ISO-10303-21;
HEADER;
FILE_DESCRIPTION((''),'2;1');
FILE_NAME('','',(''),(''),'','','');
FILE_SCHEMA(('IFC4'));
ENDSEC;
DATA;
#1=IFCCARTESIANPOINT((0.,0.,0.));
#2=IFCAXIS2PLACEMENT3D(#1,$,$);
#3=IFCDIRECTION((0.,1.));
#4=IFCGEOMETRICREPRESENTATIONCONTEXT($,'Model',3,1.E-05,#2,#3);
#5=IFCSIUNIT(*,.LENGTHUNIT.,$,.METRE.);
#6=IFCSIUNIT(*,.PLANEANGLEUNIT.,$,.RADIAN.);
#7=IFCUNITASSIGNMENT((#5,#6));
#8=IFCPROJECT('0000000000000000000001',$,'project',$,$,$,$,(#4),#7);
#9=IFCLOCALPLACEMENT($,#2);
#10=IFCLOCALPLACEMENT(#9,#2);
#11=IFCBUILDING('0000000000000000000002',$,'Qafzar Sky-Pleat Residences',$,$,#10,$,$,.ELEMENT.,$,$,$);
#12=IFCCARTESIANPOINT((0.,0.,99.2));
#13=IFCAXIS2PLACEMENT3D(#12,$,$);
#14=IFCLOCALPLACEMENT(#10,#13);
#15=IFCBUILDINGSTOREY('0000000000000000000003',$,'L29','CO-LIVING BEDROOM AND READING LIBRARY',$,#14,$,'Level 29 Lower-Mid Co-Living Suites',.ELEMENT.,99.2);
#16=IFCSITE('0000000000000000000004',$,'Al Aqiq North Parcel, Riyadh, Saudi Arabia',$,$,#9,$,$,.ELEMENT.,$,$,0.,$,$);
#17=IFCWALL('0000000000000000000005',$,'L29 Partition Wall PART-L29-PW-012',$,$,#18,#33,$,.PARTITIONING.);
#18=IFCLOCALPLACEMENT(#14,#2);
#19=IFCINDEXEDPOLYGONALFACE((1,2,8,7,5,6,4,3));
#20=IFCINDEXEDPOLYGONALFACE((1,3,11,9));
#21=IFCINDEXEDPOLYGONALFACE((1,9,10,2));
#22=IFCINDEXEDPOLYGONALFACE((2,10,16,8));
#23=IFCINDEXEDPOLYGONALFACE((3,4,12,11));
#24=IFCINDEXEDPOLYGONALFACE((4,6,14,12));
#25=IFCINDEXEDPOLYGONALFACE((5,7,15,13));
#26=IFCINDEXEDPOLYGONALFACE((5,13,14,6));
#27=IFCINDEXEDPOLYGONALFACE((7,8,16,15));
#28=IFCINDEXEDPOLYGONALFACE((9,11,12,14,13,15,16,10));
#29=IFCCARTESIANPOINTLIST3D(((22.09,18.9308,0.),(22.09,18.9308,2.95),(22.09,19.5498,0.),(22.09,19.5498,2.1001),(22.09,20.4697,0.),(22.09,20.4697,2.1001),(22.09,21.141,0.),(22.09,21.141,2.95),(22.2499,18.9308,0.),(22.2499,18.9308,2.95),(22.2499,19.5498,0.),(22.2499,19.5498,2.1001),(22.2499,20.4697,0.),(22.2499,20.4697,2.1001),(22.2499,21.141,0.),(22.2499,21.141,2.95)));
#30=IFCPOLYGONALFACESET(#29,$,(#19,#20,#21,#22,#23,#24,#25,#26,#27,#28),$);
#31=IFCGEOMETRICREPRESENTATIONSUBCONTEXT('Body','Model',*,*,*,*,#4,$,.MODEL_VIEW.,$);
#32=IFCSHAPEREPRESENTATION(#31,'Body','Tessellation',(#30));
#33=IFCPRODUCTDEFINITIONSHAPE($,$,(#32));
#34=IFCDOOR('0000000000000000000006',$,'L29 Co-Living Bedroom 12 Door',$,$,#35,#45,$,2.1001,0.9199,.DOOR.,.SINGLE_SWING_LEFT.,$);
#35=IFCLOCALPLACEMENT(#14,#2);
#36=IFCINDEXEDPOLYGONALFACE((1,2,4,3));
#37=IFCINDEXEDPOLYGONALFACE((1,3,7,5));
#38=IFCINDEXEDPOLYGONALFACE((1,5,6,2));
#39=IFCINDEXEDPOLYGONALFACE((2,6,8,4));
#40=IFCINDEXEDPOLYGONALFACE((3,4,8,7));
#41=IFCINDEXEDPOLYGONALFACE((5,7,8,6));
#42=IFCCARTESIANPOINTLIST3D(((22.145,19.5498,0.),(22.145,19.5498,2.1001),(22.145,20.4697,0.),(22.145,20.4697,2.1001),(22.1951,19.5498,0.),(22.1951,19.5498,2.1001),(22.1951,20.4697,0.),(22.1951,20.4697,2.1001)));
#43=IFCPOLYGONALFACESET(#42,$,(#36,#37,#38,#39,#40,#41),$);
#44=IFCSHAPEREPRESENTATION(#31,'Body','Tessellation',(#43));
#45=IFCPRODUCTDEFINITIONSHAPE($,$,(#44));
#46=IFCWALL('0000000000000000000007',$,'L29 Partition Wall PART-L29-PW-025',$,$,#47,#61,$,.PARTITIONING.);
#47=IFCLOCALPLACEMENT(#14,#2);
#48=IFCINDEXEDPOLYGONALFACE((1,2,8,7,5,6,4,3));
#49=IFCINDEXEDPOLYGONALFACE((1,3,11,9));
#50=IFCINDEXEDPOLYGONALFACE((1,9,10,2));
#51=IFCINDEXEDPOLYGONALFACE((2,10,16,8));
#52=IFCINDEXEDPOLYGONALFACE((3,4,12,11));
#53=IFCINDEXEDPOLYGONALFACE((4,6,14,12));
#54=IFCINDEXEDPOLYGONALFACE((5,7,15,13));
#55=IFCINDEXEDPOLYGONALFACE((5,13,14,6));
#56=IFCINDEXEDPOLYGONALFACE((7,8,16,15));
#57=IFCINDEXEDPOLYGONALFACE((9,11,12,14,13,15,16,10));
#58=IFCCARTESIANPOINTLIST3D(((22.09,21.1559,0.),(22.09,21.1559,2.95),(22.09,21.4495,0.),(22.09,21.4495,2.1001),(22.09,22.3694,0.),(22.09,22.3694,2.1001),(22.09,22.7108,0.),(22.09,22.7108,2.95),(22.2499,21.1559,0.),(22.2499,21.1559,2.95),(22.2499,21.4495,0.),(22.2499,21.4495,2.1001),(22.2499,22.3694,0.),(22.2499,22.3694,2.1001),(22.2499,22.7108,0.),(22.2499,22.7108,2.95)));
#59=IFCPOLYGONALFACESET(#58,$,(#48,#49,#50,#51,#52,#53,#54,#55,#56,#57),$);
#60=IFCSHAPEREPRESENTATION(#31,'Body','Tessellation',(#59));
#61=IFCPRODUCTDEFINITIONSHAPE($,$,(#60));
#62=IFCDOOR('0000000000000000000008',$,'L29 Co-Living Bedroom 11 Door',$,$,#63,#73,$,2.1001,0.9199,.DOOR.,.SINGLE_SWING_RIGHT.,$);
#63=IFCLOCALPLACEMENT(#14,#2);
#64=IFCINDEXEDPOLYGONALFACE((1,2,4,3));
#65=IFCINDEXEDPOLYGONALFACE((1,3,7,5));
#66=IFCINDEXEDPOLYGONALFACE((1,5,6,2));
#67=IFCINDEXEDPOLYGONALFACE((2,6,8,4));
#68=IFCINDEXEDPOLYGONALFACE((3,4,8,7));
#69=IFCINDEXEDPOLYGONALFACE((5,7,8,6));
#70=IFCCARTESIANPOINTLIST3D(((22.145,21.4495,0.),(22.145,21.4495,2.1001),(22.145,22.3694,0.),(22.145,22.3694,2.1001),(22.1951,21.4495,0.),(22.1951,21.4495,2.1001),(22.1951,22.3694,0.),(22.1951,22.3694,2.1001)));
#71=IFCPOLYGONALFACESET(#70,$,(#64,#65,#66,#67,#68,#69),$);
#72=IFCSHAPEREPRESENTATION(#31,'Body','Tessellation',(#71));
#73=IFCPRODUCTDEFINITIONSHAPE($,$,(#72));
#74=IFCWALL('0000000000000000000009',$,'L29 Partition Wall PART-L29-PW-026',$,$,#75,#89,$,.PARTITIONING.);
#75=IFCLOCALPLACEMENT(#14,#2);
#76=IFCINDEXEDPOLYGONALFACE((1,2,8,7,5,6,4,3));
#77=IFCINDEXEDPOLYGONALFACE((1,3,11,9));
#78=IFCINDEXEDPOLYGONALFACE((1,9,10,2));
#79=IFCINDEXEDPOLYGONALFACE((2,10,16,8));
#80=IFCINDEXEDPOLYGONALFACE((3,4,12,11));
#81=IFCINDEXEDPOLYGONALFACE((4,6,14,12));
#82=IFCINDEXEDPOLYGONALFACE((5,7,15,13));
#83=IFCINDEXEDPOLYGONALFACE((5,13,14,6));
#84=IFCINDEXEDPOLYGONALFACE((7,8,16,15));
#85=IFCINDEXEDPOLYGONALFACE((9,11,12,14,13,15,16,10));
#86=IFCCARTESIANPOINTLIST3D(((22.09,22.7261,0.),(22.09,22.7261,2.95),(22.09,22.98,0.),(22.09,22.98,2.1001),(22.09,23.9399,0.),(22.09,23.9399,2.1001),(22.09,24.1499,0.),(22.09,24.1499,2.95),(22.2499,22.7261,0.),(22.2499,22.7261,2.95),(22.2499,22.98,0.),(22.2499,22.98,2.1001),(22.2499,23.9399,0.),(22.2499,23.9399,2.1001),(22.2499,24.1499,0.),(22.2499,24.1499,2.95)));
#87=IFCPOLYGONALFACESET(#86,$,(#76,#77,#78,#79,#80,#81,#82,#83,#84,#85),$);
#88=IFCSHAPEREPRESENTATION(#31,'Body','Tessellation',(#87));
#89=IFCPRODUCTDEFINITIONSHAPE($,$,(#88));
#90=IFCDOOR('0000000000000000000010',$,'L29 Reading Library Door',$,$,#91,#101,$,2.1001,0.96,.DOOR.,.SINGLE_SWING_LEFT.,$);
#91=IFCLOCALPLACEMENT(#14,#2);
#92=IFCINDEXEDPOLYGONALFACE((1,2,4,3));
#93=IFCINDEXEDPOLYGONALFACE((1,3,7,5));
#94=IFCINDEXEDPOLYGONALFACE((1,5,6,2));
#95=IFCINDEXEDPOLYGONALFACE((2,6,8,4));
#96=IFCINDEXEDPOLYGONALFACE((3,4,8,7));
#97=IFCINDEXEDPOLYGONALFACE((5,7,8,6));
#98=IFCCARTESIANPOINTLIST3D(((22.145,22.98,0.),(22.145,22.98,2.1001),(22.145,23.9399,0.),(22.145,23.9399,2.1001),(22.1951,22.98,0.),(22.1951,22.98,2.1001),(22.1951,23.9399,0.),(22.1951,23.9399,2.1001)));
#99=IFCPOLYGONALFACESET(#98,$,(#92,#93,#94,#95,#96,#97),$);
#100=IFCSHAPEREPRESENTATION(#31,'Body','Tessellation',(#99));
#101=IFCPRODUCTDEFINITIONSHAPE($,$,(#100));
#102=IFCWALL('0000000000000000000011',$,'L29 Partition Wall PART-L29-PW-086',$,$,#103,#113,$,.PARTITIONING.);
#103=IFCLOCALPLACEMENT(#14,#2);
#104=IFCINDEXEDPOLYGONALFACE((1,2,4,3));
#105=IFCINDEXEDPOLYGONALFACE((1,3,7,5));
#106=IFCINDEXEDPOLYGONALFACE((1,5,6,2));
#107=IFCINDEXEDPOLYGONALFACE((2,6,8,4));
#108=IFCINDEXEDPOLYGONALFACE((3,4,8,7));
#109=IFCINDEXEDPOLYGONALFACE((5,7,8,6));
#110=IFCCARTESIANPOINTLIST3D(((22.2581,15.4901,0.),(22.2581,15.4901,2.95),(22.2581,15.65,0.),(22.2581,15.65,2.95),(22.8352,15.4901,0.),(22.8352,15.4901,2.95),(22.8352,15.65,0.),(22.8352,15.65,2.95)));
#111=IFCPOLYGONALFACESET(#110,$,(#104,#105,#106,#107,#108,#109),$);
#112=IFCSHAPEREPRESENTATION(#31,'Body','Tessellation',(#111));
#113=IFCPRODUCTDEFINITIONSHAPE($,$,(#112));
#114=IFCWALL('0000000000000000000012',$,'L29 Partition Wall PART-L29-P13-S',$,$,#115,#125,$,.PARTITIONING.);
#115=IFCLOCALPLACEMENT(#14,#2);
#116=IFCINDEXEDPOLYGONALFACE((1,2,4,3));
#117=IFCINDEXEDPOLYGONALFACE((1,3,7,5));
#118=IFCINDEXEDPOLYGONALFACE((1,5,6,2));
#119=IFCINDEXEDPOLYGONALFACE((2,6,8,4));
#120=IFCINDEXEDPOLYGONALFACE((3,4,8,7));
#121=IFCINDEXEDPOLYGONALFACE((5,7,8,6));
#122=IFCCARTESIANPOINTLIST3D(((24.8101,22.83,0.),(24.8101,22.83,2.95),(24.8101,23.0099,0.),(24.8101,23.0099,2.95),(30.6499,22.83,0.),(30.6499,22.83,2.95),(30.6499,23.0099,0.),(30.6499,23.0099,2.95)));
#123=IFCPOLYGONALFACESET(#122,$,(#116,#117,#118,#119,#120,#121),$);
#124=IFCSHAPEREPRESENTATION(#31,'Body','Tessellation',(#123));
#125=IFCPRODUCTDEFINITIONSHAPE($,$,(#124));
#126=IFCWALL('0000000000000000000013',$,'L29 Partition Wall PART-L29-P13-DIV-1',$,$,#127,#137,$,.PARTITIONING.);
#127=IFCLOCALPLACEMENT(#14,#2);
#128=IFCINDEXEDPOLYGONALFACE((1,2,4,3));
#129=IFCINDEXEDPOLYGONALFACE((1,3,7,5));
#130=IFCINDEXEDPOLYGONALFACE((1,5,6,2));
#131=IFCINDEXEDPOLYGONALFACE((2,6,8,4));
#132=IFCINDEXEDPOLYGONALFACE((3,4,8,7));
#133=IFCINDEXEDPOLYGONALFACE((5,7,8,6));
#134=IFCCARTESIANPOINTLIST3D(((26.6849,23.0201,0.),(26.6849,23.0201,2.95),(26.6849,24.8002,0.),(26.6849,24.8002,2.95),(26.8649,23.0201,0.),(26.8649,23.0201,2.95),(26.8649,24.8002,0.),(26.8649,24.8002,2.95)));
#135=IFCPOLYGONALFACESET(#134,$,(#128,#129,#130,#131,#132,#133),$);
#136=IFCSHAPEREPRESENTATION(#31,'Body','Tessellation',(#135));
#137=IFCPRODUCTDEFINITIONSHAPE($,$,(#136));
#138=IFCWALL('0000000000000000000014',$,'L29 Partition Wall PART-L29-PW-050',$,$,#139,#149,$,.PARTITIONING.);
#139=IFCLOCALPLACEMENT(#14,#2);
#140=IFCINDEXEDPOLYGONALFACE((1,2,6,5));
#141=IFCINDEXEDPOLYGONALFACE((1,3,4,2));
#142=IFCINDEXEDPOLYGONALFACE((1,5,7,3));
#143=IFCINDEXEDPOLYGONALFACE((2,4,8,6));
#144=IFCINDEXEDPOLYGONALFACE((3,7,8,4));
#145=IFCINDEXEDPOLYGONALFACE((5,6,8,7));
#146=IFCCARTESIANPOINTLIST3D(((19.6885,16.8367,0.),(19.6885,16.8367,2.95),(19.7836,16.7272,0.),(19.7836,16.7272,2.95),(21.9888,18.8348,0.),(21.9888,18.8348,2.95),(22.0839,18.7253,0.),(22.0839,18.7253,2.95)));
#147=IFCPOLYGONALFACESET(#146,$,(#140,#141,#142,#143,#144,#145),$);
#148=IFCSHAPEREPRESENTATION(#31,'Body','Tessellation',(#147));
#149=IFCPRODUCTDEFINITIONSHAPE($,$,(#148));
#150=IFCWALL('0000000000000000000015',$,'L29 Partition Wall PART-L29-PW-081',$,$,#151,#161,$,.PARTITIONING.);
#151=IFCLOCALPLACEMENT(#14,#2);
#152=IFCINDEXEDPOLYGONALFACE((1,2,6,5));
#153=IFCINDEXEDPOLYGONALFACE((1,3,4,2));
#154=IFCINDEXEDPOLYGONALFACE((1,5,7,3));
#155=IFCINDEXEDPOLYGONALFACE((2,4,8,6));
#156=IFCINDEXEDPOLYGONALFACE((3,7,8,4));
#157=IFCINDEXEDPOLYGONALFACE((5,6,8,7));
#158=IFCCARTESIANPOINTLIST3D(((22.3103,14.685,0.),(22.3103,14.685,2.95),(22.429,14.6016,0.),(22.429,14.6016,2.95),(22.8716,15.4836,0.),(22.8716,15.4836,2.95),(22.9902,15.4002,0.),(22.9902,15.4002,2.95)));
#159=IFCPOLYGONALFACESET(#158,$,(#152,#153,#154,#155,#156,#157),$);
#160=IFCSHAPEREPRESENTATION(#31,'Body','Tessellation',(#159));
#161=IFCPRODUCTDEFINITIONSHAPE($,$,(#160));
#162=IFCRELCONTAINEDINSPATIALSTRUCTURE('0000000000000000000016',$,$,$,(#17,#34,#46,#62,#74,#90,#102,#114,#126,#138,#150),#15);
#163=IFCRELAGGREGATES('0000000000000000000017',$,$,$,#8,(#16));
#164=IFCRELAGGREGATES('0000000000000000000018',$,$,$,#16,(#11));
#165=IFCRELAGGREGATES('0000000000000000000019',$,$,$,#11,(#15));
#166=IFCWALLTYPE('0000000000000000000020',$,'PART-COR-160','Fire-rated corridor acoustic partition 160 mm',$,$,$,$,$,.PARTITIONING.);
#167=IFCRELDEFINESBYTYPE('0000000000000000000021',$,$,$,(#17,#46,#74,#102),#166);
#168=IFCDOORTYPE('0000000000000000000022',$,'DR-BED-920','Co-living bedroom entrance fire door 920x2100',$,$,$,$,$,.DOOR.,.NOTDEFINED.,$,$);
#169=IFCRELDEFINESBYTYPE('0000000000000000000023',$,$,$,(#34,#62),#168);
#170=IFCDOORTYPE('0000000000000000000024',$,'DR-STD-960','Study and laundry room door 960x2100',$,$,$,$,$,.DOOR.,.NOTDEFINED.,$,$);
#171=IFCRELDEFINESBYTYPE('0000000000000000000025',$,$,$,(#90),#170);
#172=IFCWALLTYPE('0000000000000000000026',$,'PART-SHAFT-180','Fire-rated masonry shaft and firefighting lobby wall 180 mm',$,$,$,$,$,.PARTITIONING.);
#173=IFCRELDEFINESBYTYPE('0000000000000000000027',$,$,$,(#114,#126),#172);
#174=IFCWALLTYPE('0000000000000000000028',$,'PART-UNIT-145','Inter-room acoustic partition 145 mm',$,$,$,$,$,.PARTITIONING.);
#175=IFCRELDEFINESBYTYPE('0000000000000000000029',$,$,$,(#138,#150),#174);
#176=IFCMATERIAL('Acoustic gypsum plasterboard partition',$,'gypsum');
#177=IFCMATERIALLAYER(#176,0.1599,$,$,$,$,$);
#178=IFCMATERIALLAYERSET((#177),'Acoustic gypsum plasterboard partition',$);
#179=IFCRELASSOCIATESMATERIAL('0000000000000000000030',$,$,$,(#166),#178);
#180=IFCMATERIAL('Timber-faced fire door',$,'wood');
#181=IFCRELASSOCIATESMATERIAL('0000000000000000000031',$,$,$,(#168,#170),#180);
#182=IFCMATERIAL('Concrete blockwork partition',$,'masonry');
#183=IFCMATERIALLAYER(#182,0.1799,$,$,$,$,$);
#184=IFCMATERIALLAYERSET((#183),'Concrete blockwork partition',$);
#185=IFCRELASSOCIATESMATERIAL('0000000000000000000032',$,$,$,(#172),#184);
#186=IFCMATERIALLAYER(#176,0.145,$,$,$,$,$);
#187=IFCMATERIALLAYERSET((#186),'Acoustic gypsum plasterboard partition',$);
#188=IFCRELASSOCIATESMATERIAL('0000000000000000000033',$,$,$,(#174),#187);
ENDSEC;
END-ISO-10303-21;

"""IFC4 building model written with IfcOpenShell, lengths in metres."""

from ifc_helpers import new_model, si_unit, direction, frame, frame_2d, origin, place, context, subcontext, project, spatial, rectangle, extrude, source, transform, mapped, material, layer, layer_set, type_object, element, fill, save


model = new_model("IFC4")

# Units and contexts
model_context = context("Model", 3, precision=1e-05, world=origin(), true_north=direction((0.0, 1.0)))
body_context = subcontext(model_context, "Body", "Model", "MODEL_VIEW")
ifc_project = project(units=[si_unit("LENGTHUNIT", "METRE"), si_unit("PLANEANGLEUNIT", "RADIAN")], contexts=[model_context])

# Site, building, storey
site_placement = place(None, origin())
site = spatial("IfcSite", under=ifc_project, at=site_placement, Name="Al Aqiq North Parcel, Riyadh, Saudi Arabia", CompositionType="ELEMENT", RefElevation=0.0)
building_placement = place(site_placement, origin())
building = spatial("IfcBuilding", under=site, at=building_placement, Name="Qafzar Sky-Pleat Residences", CompositionType="ELEMENT")
storey_placement = place(building_placement, frame((0.0, 0.0, 99.2)))
storey = spatial("IfcBuildingStorey", under=building, at=storey_placement, Name="L29", Description="CO-LIVING BEDROOM AND READING LIBRARY", LongName="Level 29 Lower-Mid Co-Living Suites", CompositionType="ELEMENT", Elevation=99.2)

# Walls, openings, doors
ifc_material_1 = material(Name="Acoustic gypsum plasterboard partition", Category="gypsum")
ifc_layer_1 = layer(ifc_material_1, 0.1599)
ifc_layer_set_1 = layer_set([ifc_layer_1], Name="Acoustic gypsum plasterboard partition")
wall_type_1 = type_object("IfcWallType", Name="PART-COR-160", Description="Fire-rated corridor acoustic partition 160 mm", PredefinedType="PARTITIONING", material=ifc_layer_set_1)
ifc_material_2 = material(Name="Timber-faced fire door", Category="wood")
door_type_1 = type_object("IfcDoorType", Name="DR-BED-920", Description="Co-living bedroom entrance fire door 920x2100", OperationType="NOTDEFINED", PredefinedType="DOOR", material=ifc_material_2)
shared_shape_1 = source(origin(), body_context, "Body", "SweptSolid", [
    extrude(rectangle(XDim=0.9199, YDim=2.1001, at=frame_2d((0.46, 1.05))), frame((0.0, 0.0249, 0.0), z_axis=(0.0, -1.0, 0.0), x_axis=(1.0, 0.0, 0.0)), (0.0, 0.0, 1.0), 0.05),
])
wall_1_placement = place(storey_placement, frame((22.1699, 18.9309, 0.0), z_axis=(0.0, 0.0, 1.0), x_axis=(0.0, 1.0, 0.0)))
wall_1 = element("IfcWall", 1, at=wall_1_placement, inside=storey, type_object=wall_type_1, Name="L29 Partition Wall PART-L29-PW-012", PredefinedType="PARTITIONING", context=body_context, shape_type="SweptSolid", body=[
    extrude(rectangle(XDim=2.2102, YDim=0.1599, at=frame_2d((1.105, 0.0))), origin(), (0.0, 0.0, 1.0), 2.95),
])
opening_1_placement = place(wall_1_placement, frame((0.6189, 0.0, 0.0)))
opening_1 = element("IfcOpeningElement", 2, at=opening_1_placement, cuts=wall_1, PredefinedType="OPENING", context=body_context, shape_type="SweptSolid", body=[
    extrude(rectangle(XDim=0.9199, YDim=2.1001, at=frame_2d((0.46, 1.05))), frame((0.0, 0.0898, 0.0), z_axis=(0.0, -1.0, 0.0), x_axis=(1.0, 0.0, 0.0)), (0.0, 0.0, 1.0), 0.1799),
])
door_1_placement = place(opening_1_placement, origin())
door_1 = element("IfcDoor", 3, at=door_1_placement, inside=storey, type_object=door_type_1, Name="L29 Co-Living Bedroom 12 Door", OperationType="SINGLE_SWING_LEFT", OverallHeight=2.1001, OverallWidth=0.9199, PredefinedType="DOOR", context=body_context, shape_type="MappedRepresentation", body=[
    mapped(shared_shape_1, transform((0.0, 0.0, 0.0), x_axis=(1.0, 0.0, 0.0), y_axis=(0.0, 1.0, 0.0), z_axis=(0.0, 0.0, 1.0), scale=1.0)),
])
fill(opening_1, door_1)
wall_2_placement = place(storey_placement, frame((22.1699, 21.156, 0.0), z_axis=(0.0, 0.0, 1.0), x_axis=(0.0, 1.0, 0.0)))
wall_2 = element("IfcWall", 4, at=wall_2_placement, inside=storey, type_object=wall_type_1, Name="L29 Partition Wall PART-L29-PW-025", PredefinedType="PARTITIONING", context=body_context, shape_type="SweptSolid", body=[
    extrude(rectangle(XDim=1.5549, YDim=0.1599, at=frame_2d((0.7773, 0.0))), origin(), (0.0, 0.0, 1.0), 2.95),
])
opening_2_placement = place(wall_2_placement, frame((0.2935, 0.0, 0.0)))
opening_2 = element("IfcOpeningElement", 5, at=opening_2_placement, cuts=wall_2, PredefinedType="OPENING", context=body_context, shape_type="SweptSolid", body=[
    extrude(rectangle(XDim=0.9199, YDim=2.1001, at=frame_2d((0.46, 1.05))), frame((0.0, 0.0898, 0.0), z_axis=(0.0, -1.0, 0.0), x_axis=(1.0, 0.0, 0.0)), (0.0, 0.0, 1.0), 0.1799),
])
door_2_placement = place(opening_2_placement, origin())
door_2 = element("IfcDoor", 6, at=door_2_placement, inside=storey, type_object=door_type_1, Name="L29 Co-Living Bedroom 11 Door", OperationType="SINGLE_SWING_RIGHT", OverallHeight=2.1001, OverallWidth=0.9199, PredefinedType="DOOR", context=body_context, shape_type="MappedRepresentation", body=[
    mapped(shared_shape_1, transform((0.0, 0.0, 0.0), x_axis=(1.0, 0.0, 0.0), y_axis=(0.0, 1.0, 0.0), z_axis=(0.0, 0.0, 1.0), scale=1.0)),
])
fill(opening_2, door_2)
wall_3_placement = place(storey_placement, frame((22.1699, 22.7261, 0.0), z_axis=(0.0, 0.0, 1.0), x_axis=(0.0, 1.0, 0.0)))
wall_3 = element("IfcWall", 7, at=wall_3_placement, inside=storey, type_object=wall_type_1, Name="L29 Partition Wall PART-L29-PW-026", PredefinedType="PARTITIONING", context=body_context, shape_type="SweptSolid", body=[
    extrude(rectangle(XDim=1.4238, YDim=0.1599, at=frame_2d((0.7119, 0.0))), origin(), (0.0, 0.0, 1.0), 2.95),
])
opening_3_placement = place(wall_3_placement, frame((0.2539, 0.0, 0.0)))
opening_3 = element("IfcOpeningElement", 8, at=opening_3_placement, cuts=wall_3, PredefinedType="OPENING", context=body_context, shape_type="SweptSolid", body=[
    extrude(rectangle(XDim=0.96, YDim=2.1001, at=frame_2d((0.48, 1.05))), frame((0.0, 0.0898, 0.0), z_axis=(0.0, -1.0, 0.0), x_axis=(1.0, 0.0, 0.0)), (0.0, 0.0, 1.0), 0.1799),
])
door_type_2 = type_object("IfcDoorType", Name="DR-STD-960", Description="Study and laundry room door 960x2100", OperationType="NOTDEFINED", PredefinedType="DOOR", material=ifc_material_2)
shared_shape_2 = source(origin(), body_context, "Body", "SweptSolid", [
    extrude(rectangle(XDim=0.96, YDim=2.1001, at=frame_2d((0.48, 1.05))), frame((0.0, 0.0249, 0.0), z_axis=(0.0, -1.0, 0.0), x_axis=(1.0, 0.0, 0.0)), (0.0, 0.0, 1.0), 0.05),
])
door_3_placement = place(opening_3_placement, origin())
door_3 = element("IfcDoor", 9, at=door_3_placement, inside=storey, type_object=door_type_2, Name="L29 Reading Library Door", OperationType="SINGLE_SWING_LEFT", OverallHeight=2.1001, OverallWidth=0.96, PredefinedType="DOOR", context=body_context, shape_type="MappedRepresentation", body=[
    mapped(shared_shape_2, transform((0.0, 0.0, 0.0), x_axis=(1.0, 0.0, 0.0), y_axis=(0.0, 1.0, 0.0), z_axis=(0.0, 0.0, 1.0), scale=1.0)),
])
fill(opening_3, door_3)

# Walls
wall_4_placement = place(storey_placement, frame((22.2581, 15.5701, 0.0), z_axis=(0.0, 0.0, 1.0), x_axis=(1.0, 0.0, 0.0)))
element("IfcWall", 10, at=wall_4_placement, inside=storey, type_object=wall_type_1, Name="L29 Partition Wall PART-L29-PW-086", PredefinedType="PARTITIONING", context=body_context, shape_type="SweptSolid", body=[
    extrude(rectangle(XDim=0.5771, YDim=0.1599, at=frame_2d((0.2886, 0.0))), origin(), (0.0, 0.0, 1.0), 2.95),
])
ifc_material_3 = material(Name="Concrete blockwork partition", Category="masonry")
ifc_layer_2 = layer(ifc_material_3, 0.1799)
ifc_layer_set_2 = layer_set([ifc_layer_2], Name="Concrete blockwork partition")
wall_type_2 = type_object("IfcWallType", Name="PART-SHAFT-180", Description="Fire-rated masonry shaft and firefighting lobby wall 180 mm", PredefinedType="PARTITIONING", material=ifc_layer_set_2)
wall_5_placement = place(storey_placement, frame((24.8101, 22.9199, 0.0), z_axis=(0.0, 0.0, 1.0), x_axis=(1.0, 0.0, 0.0)))
element("IfcWall", 11, at=wall_5_placement, inside=storey, type_object=wall_type_2, Name="L29 Partition Wall PART-L29-P13-S", PredefinedType="PARTITIONING", context=body_context, shape_type="SweptSolid", body=[
    extrude(rectangle(XDim=5.8398, YDim=0.1799, at=frame_2d((2.9199, 0.0))), origin(), (0.0, 0.0, 1.0), 2.95),
])
wall_6_placement = place(storey_placement, frame((26.7749, 23.02, 0.0), z_axis=(0.0, 0.0, 1.0), x_axis=(0.0, 1.0, 0.0)))
element("IfcWall", 12, at=wall_6_placement, inside=storey, type_object=wall_type_2, Name="L29 Partition Wall PART-L29-P13-DIV-1", PredefinedType="PARTITIONING", context=body_context, shape_type="SweptSolid", body=[
    extrude(rectangle(XDim=1.78, YDim=0.1799, at=frame_2d((0.8901, 0.0))), origin(), (0.0, 0.0, 1.0), 2.95),
])
ifc_layer_3 = layer(ifc_material_1, 0.145)
ifc_layer_set_3 = layer_set([ifc_layer_3], Name="Acoustic gypsum plasterboard partition")
wall_type_3 = type_object("IfcWallType", Name="PART-UNIT-145", Description="Inter-room acoustic partition 145 mm", PredefinedType="PARTITIONING", material=ifc_layer_set_3)
wall_7_placement = place(storey_placement, frame((19.7361, 16.782, 0.0), z_axis=(0.0, 0.0, 1.0), x_axis=(0.754964, 0.655766, 0.0)))
element("IfcWall", 13, at=wall_7_placement, inside=storey, type_object=wall_type_3, Name="L29 Partition Wall PART-L29-PW-050", PredefinedType="PARTITIONING", context=body_context, shape_type="SweptSolid", body=[
    extrude(rectangle(XDim=3.0469, YDim=0.145, at=frame_2d((1.5234, 0.0))), origin(), (0.0, 0.0, 1.0), 2.95),
])
wall_8_placement = place(storey_placement, frame((22.3696, 14.6433, 0.0), z_axis=(0.0, 0.0, 1.0), x_axis=(0.575022, 0.818138, 0.0)))
element("IfcWall", 14, at=wall_8_placement, inside=storey, type_object=wall_type_3, Name="L29 Partition Wall PART-L29-PW-081", PredefinedType="PARTITIONING", context=body_context, shape_type="SweptSolid", body=[
    extrude(rectangle(XDim=0.9761, YDim=0.145, at=frame_2d((0.488, 0.0))), origin(), (0.0, 0.0, 1.0), 2.95),
])

save(model, "model.ifc")
